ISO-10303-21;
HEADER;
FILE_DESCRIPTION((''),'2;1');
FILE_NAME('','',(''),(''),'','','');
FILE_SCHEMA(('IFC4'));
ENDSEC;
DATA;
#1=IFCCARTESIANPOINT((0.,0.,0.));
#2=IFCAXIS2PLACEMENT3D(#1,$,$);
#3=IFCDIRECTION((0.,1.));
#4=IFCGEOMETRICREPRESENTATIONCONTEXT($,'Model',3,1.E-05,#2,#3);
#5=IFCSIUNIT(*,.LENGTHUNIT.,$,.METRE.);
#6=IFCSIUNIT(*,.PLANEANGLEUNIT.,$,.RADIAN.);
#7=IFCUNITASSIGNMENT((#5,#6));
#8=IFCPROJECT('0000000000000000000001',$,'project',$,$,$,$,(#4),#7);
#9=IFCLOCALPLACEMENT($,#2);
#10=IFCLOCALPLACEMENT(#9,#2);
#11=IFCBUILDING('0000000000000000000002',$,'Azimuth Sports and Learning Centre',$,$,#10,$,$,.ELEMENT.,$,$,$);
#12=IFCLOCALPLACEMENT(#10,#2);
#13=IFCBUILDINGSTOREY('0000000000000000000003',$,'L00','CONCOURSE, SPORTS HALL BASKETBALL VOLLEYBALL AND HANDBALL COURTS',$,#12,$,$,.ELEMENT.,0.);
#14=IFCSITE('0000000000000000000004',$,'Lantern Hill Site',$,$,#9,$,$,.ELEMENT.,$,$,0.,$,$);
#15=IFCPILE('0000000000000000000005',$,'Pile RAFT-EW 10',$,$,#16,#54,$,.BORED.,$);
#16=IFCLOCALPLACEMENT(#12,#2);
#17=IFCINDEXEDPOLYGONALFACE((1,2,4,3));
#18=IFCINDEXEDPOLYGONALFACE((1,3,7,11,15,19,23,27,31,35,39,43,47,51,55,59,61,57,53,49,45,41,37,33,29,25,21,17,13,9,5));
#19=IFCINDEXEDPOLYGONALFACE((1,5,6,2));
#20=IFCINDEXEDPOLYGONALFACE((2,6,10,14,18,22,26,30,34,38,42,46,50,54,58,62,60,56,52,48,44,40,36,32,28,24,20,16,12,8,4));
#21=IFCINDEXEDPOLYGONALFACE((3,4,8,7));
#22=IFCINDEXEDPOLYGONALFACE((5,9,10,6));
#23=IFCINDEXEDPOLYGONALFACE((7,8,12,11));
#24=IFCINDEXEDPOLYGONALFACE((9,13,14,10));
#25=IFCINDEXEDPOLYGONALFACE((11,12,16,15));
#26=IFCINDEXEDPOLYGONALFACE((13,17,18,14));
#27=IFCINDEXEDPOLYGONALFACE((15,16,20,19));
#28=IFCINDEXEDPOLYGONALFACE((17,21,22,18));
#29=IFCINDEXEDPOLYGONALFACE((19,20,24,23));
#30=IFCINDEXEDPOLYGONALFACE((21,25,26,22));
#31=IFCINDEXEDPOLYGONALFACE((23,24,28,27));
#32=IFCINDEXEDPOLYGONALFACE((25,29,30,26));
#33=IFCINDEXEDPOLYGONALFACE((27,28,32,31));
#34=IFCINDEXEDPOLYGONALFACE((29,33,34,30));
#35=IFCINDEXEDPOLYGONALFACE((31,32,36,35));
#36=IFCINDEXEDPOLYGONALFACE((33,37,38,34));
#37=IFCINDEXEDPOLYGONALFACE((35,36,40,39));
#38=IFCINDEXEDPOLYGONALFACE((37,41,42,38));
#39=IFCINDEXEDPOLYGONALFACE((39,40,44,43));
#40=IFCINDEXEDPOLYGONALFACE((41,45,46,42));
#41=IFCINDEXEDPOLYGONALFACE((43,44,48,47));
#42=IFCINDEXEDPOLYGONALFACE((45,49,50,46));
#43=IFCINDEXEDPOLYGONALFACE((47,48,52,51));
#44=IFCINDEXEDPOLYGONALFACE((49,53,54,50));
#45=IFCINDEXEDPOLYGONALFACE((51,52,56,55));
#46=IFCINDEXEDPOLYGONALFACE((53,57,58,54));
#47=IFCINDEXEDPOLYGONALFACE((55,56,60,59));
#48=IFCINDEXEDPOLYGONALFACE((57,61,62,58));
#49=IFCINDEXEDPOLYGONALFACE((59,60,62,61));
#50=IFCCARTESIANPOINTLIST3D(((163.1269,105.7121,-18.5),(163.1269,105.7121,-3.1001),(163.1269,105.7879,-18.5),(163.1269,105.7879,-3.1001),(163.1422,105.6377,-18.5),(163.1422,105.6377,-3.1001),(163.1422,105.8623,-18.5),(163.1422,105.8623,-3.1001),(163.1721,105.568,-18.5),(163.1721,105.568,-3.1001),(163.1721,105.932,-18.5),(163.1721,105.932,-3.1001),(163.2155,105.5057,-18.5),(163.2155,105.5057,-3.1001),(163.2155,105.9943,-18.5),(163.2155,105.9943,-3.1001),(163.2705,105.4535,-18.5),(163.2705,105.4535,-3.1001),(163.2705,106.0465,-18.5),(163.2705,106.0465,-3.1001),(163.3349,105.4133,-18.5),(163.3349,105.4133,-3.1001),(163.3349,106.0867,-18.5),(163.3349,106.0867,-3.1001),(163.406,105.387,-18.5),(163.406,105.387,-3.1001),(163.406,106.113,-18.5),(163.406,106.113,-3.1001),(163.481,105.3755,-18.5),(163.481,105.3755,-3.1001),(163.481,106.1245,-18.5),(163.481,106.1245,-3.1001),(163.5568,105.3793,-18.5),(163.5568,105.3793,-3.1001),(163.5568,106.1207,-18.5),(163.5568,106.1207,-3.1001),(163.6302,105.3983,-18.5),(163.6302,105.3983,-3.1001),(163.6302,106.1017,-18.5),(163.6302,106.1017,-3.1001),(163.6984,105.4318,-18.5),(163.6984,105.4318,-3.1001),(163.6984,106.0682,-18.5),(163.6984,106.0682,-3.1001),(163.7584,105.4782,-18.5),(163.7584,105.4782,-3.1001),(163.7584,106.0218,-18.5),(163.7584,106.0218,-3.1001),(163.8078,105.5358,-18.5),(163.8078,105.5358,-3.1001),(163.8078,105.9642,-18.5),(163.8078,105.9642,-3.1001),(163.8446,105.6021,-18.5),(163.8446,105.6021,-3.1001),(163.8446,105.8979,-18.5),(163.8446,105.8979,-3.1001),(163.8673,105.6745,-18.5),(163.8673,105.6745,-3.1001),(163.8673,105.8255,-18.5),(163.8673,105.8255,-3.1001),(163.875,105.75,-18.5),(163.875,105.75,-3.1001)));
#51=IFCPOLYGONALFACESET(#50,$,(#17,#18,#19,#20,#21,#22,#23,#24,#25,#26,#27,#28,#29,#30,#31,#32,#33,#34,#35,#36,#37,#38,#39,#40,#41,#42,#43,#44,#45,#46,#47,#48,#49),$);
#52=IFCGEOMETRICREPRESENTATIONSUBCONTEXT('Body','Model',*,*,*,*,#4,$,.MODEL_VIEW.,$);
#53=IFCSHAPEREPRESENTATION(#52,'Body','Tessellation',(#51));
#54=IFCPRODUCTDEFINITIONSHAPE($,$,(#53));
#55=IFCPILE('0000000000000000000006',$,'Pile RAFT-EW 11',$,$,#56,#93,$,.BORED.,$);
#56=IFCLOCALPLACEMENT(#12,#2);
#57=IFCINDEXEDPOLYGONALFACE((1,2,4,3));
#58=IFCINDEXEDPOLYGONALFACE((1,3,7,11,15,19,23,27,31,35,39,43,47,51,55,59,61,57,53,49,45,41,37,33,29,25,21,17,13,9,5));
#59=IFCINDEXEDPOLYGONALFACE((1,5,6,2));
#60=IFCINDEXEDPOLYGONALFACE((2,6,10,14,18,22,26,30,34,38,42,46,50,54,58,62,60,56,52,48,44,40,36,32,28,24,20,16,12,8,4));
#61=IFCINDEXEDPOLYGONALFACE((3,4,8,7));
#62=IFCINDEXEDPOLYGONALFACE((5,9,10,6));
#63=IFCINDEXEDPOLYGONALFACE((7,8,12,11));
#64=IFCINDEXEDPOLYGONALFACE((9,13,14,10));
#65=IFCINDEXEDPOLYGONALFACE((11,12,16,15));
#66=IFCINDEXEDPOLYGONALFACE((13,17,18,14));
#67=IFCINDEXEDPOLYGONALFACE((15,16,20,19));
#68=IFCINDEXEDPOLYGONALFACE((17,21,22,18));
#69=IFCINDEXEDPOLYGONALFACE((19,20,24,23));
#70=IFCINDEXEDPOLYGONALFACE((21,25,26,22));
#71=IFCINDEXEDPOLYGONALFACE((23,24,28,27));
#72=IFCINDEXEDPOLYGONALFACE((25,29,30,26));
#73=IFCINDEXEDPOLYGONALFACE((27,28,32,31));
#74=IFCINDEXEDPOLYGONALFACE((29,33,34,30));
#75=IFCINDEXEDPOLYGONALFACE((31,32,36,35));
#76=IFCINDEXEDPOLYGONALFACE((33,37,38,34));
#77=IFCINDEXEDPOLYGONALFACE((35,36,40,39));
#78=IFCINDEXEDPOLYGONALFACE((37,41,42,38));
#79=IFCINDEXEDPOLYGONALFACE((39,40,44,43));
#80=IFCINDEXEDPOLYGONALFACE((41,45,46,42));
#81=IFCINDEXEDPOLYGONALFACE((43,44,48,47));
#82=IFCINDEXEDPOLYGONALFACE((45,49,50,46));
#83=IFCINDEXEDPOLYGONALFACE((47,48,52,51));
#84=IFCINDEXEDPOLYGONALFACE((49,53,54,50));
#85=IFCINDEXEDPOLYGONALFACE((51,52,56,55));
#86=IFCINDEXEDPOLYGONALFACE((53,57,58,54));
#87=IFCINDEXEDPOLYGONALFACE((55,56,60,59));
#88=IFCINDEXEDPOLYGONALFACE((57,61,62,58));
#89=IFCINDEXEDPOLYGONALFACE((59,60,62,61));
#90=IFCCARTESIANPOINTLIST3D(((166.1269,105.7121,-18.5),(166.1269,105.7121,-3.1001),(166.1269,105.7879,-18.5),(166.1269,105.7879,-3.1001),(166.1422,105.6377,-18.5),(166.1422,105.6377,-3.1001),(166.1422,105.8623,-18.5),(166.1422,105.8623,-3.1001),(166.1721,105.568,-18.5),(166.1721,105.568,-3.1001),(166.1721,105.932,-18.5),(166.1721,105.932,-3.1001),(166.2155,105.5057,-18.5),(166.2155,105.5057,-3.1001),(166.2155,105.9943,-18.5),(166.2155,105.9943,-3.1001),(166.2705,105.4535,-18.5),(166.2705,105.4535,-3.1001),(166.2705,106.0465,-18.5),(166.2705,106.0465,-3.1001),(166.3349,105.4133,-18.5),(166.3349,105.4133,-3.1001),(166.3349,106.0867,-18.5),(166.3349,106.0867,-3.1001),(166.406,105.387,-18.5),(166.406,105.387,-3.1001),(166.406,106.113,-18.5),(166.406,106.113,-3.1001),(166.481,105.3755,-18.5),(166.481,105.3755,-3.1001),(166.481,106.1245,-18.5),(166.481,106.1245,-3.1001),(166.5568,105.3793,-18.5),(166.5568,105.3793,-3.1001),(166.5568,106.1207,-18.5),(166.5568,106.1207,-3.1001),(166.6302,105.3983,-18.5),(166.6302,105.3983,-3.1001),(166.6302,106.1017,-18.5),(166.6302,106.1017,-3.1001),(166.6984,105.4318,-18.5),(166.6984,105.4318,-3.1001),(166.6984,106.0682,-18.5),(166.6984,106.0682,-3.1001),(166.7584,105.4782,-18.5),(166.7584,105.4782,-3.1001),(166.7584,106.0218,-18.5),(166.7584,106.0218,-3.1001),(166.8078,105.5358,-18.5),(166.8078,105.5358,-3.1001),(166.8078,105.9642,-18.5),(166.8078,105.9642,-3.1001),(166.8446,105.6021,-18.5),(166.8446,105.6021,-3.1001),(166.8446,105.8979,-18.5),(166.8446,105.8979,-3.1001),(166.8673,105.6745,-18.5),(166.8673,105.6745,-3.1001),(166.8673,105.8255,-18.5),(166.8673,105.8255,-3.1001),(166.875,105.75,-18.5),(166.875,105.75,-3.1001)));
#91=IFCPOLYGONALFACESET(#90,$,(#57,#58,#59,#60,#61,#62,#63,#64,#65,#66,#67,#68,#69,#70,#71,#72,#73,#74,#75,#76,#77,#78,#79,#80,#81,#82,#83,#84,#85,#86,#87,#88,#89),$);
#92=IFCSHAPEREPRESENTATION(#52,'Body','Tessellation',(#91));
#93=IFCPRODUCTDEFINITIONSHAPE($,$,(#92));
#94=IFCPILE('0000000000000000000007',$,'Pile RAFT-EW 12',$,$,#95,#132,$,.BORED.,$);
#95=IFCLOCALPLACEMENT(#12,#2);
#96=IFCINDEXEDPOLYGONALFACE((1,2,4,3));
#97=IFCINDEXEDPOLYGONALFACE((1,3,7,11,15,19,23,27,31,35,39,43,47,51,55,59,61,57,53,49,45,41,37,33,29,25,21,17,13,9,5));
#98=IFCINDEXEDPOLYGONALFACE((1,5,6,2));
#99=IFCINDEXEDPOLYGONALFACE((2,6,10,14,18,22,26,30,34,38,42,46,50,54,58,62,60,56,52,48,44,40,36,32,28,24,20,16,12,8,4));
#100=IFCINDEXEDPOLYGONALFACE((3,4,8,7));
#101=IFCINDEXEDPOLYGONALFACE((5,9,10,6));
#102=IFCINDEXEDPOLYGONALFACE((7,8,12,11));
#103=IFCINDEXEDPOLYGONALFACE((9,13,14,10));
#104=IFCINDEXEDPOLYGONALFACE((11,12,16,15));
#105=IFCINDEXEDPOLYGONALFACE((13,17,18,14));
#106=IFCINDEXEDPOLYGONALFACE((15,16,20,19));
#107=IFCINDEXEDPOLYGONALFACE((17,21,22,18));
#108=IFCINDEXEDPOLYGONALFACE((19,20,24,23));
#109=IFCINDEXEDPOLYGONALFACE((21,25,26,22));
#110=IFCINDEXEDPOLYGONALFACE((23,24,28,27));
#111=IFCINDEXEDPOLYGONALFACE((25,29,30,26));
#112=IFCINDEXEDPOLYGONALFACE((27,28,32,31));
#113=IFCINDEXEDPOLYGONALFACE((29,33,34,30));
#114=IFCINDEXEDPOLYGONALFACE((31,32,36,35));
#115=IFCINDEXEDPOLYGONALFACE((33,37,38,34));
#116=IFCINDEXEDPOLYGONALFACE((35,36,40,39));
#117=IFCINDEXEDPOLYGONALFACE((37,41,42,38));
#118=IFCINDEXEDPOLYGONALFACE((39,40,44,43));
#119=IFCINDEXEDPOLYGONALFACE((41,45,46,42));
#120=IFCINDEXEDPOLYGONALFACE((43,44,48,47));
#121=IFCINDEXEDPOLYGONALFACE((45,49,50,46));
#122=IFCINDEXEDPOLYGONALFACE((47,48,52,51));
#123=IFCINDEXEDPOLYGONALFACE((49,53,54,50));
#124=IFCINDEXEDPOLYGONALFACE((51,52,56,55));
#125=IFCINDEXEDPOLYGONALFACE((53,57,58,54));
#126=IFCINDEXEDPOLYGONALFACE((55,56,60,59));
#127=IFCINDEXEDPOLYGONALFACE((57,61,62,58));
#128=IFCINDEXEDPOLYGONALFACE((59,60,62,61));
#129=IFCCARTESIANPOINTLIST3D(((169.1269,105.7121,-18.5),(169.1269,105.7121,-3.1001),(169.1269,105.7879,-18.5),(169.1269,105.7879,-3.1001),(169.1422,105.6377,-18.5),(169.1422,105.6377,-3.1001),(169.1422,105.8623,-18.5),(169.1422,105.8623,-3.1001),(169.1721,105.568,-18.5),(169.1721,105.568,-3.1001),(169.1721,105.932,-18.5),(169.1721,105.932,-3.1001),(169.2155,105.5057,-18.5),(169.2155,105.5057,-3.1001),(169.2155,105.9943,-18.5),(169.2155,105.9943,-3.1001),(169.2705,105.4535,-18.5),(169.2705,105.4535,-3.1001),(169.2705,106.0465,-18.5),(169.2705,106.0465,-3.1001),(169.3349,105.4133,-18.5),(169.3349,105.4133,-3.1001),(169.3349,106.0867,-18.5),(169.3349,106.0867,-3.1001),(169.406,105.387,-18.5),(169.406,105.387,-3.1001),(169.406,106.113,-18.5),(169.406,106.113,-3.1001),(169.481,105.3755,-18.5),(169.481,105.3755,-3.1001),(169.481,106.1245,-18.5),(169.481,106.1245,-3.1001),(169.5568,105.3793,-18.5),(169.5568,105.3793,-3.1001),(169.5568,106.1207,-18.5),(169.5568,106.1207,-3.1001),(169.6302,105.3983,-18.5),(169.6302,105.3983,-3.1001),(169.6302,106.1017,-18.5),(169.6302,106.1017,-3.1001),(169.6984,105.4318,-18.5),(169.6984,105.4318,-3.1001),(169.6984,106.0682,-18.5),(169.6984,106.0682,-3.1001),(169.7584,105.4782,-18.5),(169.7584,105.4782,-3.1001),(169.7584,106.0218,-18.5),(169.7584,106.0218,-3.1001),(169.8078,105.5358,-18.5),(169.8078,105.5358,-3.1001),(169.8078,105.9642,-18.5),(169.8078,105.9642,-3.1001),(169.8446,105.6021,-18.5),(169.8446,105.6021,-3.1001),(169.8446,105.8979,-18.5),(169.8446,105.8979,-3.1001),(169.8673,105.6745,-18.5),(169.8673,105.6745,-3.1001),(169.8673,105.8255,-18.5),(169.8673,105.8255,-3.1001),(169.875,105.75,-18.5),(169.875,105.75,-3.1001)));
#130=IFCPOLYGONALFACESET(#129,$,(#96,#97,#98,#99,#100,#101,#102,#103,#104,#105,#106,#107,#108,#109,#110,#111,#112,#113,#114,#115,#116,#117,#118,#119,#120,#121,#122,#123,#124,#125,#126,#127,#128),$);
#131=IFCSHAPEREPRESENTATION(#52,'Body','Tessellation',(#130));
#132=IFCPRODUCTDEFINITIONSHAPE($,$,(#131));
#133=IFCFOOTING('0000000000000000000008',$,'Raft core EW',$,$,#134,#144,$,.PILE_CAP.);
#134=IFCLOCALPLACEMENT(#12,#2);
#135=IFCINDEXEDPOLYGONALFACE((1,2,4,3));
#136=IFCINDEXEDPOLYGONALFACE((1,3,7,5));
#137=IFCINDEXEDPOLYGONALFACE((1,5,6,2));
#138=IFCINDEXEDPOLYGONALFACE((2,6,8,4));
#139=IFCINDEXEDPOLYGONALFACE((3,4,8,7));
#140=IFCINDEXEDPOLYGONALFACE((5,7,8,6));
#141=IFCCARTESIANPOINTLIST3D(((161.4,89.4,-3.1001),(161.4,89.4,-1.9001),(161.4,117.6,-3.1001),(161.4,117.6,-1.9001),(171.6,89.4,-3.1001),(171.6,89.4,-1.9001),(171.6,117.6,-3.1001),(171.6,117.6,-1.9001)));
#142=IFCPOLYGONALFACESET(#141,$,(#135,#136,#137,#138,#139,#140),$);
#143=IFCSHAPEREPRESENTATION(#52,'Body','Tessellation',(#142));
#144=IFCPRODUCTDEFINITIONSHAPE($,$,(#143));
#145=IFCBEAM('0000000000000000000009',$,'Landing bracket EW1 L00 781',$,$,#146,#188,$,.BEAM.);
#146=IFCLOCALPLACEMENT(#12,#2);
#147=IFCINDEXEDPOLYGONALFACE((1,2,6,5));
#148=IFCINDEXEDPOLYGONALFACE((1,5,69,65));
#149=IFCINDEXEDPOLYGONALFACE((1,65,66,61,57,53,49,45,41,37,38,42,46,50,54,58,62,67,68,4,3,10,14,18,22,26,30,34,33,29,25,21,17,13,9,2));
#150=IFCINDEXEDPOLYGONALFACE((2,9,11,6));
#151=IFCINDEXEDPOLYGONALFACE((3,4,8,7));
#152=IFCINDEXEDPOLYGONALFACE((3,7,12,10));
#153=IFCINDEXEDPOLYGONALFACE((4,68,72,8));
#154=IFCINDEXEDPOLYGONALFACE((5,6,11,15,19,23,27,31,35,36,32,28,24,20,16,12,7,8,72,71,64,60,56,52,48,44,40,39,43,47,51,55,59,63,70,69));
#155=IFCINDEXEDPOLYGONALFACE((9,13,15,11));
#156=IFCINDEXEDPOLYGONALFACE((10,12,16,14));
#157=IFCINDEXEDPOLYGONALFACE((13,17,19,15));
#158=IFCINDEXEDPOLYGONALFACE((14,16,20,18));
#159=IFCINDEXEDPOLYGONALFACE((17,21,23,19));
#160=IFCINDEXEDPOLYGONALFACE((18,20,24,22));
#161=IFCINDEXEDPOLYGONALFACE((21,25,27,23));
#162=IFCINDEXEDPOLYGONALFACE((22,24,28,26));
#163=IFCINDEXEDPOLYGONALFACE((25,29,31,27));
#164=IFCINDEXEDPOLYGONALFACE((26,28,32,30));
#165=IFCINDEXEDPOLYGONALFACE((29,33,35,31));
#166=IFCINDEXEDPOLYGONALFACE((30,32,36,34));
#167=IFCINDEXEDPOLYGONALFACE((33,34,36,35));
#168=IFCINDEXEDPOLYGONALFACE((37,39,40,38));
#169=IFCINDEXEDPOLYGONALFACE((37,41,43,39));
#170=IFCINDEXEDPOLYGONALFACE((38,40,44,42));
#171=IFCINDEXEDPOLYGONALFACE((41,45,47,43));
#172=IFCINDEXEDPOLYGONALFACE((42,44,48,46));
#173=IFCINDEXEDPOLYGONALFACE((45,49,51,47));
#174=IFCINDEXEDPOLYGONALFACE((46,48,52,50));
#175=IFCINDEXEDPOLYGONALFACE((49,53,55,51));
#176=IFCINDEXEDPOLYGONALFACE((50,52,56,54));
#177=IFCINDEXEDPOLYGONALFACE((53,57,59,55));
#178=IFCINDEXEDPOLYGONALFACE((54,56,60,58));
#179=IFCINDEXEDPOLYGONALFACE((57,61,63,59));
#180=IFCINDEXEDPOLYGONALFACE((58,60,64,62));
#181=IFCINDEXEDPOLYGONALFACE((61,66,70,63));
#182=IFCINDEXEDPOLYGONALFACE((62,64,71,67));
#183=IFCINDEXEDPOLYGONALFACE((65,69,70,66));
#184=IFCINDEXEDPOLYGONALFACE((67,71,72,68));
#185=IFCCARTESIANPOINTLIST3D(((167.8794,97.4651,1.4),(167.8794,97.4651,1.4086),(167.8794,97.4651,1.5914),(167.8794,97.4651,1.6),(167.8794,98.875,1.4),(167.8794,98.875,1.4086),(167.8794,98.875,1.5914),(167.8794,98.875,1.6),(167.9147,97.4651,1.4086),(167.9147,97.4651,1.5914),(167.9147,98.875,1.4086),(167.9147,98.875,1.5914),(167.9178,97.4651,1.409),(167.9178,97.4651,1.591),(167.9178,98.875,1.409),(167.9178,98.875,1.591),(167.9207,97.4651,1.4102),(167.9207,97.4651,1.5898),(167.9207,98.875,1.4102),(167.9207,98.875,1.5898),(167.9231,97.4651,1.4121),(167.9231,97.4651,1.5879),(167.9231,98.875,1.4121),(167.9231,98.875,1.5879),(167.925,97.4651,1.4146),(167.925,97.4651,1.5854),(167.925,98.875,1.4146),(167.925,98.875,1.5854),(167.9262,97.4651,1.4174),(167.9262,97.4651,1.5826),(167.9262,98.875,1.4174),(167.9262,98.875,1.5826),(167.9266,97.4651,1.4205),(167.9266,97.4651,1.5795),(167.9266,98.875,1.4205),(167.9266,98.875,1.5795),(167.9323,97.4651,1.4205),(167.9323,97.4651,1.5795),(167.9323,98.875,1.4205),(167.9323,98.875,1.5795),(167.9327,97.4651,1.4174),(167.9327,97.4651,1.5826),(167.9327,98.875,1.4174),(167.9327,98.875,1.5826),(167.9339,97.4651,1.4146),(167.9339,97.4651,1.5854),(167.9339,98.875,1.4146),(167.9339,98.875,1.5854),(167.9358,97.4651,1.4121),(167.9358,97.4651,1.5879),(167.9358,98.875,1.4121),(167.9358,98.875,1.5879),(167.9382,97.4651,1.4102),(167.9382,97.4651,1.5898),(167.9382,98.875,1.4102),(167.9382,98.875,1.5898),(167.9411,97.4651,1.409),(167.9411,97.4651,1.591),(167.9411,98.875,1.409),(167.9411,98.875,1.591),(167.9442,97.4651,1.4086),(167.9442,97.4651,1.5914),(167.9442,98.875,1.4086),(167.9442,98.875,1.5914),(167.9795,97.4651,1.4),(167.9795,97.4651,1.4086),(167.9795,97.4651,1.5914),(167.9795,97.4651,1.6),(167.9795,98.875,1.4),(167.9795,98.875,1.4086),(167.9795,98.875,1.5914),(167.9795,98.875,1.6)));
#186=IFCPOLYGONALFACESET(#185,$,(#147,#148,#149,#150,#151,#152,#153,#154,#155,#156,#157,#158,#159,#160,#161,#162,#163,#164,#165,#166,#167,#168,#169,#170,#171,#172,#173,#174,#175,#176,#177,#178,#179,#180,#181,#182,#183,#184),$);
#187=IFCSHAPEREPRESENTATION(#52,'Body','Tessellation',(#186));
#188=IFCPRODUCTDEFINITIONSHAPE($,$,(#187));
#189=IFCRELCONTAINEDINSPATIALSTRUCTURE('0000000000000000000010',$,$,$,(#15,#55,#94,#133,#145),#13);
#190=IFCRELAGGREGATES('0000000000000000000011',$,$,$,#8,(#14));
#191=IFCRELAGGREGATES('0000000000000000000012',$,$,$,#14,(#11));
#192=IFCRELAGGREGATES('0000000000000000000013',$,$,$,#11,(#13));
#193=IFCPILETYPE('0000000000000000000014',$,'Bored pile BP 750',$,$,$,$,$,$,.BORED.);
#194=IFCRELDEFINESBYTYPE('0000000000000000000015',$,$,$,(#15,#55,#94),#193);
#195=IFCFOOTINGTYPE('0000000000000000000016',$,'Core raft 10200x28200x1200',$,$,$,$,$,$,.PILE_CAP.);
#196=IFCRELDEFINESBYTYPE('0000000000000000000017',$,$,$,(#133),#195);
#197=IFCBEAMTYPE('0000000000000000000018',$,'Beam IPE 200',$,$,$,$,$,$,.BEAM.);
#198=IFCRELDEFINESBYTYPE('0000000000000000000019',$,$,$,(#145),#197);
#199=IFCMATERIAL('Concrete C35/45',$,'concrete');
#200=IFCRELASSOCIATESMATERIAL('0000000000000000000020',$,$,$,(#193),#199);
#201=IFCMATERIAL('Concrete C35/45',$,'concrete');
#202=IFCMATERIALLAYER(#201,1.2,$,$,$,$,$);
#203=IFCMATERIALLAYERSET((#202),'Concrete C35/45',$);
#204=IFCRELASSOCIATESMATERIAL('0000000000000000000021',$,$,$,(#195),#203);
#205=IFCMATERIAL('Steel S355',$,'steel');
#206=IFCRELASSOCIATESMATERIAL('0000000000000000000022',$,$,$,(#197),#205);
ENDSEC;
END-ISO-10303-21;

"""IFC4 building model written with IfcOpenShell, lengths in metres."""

from ifc_helpers import new_model, si_unit, direction, frame, origin, origin_2d, place, context, subcontext, project, spatial, rectangle, circle, i_section, extrude, material, layer, layer_set, material_profile, profile_set, type_object, element, save


model = new_model("IFC4")

# Units and contexts
model_context = context("Model", 3, precision=1e-05, world=origin(), true_north=direction((0.0, 1.0)))
body_context = subcontext(model_context, "Body", "Model", "MODEL_VIEW")
ifc_project = project(units=[si_unit("LENGTHUNIT", "METRE"), si_unit("PLANEANGLEUNIT", "RADIAN")], contexts=[model_context])

# Site, building, storey
site_placement = place(None, origin())
site = spatial("IfcSite", under=ifc_project, at=site_placement, Name="Lantern Hill Site", CompositionType="ELEMENT", RefElevation=0.0)
building_placement = place(site_placement, origin())
building = spatial("IfcBuilding", under=site, at=building_placement, Name="Azimuth Sports and Learning Centre", CompositionType="ELEMENT")
storey_placement = place(building_placement, origin())
storey = spatial("IfcBuildingStorey", under=building, at=storey_placement, Name="L00", Description="CONCOURSE, SPORTS HALL BASKETBALL VOLLEYBALL AND HANDBALL COURTS", CompositionType="ELEMENT", Elevation=0.0)

# Piles
ifc_material_1 = material(Name="Concrete C35/45", Category="concrete")
ifc_material_profile_1 = material_profile(ifc_material_1, circle(Radius=0.375, at=origin_2d()), Name="BP 750")
ifc_profile_set_1 = profile_set([ifc_material_profile_1], Name="Concrete C35/45")
pile_type_1 = type_object("IfcPileType", Name="Bored pile BP 750", PredefinedType="BORED", material=ifc_profile_set_1)
for number, where, z_axis, x_axis, name in (
    (1, (163.5, 105.75, -3.1001), (0.0, 0.0, -1.0), (1.0, 0.0, 0.0), "Pile RAFT-EW 10"),
    (2, (166.5, 105.75, -3.1001), (0.0, 0.0, -1.0), (1.0, 0.0, 0.0), "Pile RAFT-EW 11"),
    (3, (169.5, 105.75, -3.1001), (0.0, 0.0, -1.0), (1.0, 0.0, 0.0), "Pile RAFT-EW 12"),
):
    element("IfcPile", number, at=place(storey_placement, frame(where, z_axis=z_axis, x_axis=x_axis)), inside=storey, type_object=pile_type_1, Name=name, PredefinedType="BORED", context=body_context, shape_type="SweptSolid", body=[
        extrude(circle(Radius=0.375, at=origin_2d()), origin(), (0.0, 0.0, 1.0), 15.3999),
    ])

# Footing
ifc_material_2 = material(Name="Concrete C35/45", Category="concrete")
ifc_layer_1 = layer(ifc_material_2, 1.2)
ifc_layer_set_1 = layer_set([ifc_layer_1], Name="Concrete C35/45")
footing_type = type_object("IfcFootingType", Name="Core raft 10200x28200x1200", PredefinedType="PILE_CAP", material=ifc_layer_set_1)
footing_placement = place(storey_placement, frame((166.5, 103.5, -3.1001), z_axis=(0.0, 0.0, 1.0), x_axis=(1.0, 0.0, 0.0)))
element("IfcFooting", 4, at=footing_placement, inside=storey, type_object=footing_type, Name="Raft core EW", PredefinedType="PILE_CAP", context=body_context, shape_type="SweptSolid", body=[
    extrude(rectangle(XDim=10.2, YDim=28.2, at=origin_2d()), origin(), (0.0, 0.0, 1.0), 1.2),
])

# Beam
ifc_material_3 = material(Name="Steel S355", Category="steel")
ifc_material_profile_2 = material_profile(ifc_material_3, i_section(OverallWidth=0.1001, OverallDepth=0.2, WebThickness=0.0056, FlangeThickness=0.0085, FilletRadius=0.012, at=origin_2d()), Name="IPE 200")
ifc_profile_set_2 = profile_set([ifc_material_profile_2], Name="Steel S355")
beam_type = type_object("IfcBeamType", Name="Beam IPE 200", PredefinedType="BEAM", material=ifc_profile_set_2)
for number, where, z_axis, x_axis, name in (
    (5, (167.9294, 98.875, 1.5), (0.0, -1.0, 0.0), (1.0, 0.0, 0.0), "Landing bracket EW1 L00 781"),
):
    element("IfcBeam", number, at=place(storey_placement, frame(where, z_axis=z_axis, x_axis=x_axis)), inside=storey, type_object=beam_type, Name=name, PredefinedType="BEAM", context=body_context, shape_type="SweptSolid", body=[
        extrude(i_section(OverallWidth=0.1001, OverallDepth=0.2, WebThickness=0.0056, FlangeThickness=0.0085, FilletRadius=0.012, at=origin_2d()), origin(), (0.0, 0.0, 1.0), 1.4099),
    ])

save(model, "model.ifc")
